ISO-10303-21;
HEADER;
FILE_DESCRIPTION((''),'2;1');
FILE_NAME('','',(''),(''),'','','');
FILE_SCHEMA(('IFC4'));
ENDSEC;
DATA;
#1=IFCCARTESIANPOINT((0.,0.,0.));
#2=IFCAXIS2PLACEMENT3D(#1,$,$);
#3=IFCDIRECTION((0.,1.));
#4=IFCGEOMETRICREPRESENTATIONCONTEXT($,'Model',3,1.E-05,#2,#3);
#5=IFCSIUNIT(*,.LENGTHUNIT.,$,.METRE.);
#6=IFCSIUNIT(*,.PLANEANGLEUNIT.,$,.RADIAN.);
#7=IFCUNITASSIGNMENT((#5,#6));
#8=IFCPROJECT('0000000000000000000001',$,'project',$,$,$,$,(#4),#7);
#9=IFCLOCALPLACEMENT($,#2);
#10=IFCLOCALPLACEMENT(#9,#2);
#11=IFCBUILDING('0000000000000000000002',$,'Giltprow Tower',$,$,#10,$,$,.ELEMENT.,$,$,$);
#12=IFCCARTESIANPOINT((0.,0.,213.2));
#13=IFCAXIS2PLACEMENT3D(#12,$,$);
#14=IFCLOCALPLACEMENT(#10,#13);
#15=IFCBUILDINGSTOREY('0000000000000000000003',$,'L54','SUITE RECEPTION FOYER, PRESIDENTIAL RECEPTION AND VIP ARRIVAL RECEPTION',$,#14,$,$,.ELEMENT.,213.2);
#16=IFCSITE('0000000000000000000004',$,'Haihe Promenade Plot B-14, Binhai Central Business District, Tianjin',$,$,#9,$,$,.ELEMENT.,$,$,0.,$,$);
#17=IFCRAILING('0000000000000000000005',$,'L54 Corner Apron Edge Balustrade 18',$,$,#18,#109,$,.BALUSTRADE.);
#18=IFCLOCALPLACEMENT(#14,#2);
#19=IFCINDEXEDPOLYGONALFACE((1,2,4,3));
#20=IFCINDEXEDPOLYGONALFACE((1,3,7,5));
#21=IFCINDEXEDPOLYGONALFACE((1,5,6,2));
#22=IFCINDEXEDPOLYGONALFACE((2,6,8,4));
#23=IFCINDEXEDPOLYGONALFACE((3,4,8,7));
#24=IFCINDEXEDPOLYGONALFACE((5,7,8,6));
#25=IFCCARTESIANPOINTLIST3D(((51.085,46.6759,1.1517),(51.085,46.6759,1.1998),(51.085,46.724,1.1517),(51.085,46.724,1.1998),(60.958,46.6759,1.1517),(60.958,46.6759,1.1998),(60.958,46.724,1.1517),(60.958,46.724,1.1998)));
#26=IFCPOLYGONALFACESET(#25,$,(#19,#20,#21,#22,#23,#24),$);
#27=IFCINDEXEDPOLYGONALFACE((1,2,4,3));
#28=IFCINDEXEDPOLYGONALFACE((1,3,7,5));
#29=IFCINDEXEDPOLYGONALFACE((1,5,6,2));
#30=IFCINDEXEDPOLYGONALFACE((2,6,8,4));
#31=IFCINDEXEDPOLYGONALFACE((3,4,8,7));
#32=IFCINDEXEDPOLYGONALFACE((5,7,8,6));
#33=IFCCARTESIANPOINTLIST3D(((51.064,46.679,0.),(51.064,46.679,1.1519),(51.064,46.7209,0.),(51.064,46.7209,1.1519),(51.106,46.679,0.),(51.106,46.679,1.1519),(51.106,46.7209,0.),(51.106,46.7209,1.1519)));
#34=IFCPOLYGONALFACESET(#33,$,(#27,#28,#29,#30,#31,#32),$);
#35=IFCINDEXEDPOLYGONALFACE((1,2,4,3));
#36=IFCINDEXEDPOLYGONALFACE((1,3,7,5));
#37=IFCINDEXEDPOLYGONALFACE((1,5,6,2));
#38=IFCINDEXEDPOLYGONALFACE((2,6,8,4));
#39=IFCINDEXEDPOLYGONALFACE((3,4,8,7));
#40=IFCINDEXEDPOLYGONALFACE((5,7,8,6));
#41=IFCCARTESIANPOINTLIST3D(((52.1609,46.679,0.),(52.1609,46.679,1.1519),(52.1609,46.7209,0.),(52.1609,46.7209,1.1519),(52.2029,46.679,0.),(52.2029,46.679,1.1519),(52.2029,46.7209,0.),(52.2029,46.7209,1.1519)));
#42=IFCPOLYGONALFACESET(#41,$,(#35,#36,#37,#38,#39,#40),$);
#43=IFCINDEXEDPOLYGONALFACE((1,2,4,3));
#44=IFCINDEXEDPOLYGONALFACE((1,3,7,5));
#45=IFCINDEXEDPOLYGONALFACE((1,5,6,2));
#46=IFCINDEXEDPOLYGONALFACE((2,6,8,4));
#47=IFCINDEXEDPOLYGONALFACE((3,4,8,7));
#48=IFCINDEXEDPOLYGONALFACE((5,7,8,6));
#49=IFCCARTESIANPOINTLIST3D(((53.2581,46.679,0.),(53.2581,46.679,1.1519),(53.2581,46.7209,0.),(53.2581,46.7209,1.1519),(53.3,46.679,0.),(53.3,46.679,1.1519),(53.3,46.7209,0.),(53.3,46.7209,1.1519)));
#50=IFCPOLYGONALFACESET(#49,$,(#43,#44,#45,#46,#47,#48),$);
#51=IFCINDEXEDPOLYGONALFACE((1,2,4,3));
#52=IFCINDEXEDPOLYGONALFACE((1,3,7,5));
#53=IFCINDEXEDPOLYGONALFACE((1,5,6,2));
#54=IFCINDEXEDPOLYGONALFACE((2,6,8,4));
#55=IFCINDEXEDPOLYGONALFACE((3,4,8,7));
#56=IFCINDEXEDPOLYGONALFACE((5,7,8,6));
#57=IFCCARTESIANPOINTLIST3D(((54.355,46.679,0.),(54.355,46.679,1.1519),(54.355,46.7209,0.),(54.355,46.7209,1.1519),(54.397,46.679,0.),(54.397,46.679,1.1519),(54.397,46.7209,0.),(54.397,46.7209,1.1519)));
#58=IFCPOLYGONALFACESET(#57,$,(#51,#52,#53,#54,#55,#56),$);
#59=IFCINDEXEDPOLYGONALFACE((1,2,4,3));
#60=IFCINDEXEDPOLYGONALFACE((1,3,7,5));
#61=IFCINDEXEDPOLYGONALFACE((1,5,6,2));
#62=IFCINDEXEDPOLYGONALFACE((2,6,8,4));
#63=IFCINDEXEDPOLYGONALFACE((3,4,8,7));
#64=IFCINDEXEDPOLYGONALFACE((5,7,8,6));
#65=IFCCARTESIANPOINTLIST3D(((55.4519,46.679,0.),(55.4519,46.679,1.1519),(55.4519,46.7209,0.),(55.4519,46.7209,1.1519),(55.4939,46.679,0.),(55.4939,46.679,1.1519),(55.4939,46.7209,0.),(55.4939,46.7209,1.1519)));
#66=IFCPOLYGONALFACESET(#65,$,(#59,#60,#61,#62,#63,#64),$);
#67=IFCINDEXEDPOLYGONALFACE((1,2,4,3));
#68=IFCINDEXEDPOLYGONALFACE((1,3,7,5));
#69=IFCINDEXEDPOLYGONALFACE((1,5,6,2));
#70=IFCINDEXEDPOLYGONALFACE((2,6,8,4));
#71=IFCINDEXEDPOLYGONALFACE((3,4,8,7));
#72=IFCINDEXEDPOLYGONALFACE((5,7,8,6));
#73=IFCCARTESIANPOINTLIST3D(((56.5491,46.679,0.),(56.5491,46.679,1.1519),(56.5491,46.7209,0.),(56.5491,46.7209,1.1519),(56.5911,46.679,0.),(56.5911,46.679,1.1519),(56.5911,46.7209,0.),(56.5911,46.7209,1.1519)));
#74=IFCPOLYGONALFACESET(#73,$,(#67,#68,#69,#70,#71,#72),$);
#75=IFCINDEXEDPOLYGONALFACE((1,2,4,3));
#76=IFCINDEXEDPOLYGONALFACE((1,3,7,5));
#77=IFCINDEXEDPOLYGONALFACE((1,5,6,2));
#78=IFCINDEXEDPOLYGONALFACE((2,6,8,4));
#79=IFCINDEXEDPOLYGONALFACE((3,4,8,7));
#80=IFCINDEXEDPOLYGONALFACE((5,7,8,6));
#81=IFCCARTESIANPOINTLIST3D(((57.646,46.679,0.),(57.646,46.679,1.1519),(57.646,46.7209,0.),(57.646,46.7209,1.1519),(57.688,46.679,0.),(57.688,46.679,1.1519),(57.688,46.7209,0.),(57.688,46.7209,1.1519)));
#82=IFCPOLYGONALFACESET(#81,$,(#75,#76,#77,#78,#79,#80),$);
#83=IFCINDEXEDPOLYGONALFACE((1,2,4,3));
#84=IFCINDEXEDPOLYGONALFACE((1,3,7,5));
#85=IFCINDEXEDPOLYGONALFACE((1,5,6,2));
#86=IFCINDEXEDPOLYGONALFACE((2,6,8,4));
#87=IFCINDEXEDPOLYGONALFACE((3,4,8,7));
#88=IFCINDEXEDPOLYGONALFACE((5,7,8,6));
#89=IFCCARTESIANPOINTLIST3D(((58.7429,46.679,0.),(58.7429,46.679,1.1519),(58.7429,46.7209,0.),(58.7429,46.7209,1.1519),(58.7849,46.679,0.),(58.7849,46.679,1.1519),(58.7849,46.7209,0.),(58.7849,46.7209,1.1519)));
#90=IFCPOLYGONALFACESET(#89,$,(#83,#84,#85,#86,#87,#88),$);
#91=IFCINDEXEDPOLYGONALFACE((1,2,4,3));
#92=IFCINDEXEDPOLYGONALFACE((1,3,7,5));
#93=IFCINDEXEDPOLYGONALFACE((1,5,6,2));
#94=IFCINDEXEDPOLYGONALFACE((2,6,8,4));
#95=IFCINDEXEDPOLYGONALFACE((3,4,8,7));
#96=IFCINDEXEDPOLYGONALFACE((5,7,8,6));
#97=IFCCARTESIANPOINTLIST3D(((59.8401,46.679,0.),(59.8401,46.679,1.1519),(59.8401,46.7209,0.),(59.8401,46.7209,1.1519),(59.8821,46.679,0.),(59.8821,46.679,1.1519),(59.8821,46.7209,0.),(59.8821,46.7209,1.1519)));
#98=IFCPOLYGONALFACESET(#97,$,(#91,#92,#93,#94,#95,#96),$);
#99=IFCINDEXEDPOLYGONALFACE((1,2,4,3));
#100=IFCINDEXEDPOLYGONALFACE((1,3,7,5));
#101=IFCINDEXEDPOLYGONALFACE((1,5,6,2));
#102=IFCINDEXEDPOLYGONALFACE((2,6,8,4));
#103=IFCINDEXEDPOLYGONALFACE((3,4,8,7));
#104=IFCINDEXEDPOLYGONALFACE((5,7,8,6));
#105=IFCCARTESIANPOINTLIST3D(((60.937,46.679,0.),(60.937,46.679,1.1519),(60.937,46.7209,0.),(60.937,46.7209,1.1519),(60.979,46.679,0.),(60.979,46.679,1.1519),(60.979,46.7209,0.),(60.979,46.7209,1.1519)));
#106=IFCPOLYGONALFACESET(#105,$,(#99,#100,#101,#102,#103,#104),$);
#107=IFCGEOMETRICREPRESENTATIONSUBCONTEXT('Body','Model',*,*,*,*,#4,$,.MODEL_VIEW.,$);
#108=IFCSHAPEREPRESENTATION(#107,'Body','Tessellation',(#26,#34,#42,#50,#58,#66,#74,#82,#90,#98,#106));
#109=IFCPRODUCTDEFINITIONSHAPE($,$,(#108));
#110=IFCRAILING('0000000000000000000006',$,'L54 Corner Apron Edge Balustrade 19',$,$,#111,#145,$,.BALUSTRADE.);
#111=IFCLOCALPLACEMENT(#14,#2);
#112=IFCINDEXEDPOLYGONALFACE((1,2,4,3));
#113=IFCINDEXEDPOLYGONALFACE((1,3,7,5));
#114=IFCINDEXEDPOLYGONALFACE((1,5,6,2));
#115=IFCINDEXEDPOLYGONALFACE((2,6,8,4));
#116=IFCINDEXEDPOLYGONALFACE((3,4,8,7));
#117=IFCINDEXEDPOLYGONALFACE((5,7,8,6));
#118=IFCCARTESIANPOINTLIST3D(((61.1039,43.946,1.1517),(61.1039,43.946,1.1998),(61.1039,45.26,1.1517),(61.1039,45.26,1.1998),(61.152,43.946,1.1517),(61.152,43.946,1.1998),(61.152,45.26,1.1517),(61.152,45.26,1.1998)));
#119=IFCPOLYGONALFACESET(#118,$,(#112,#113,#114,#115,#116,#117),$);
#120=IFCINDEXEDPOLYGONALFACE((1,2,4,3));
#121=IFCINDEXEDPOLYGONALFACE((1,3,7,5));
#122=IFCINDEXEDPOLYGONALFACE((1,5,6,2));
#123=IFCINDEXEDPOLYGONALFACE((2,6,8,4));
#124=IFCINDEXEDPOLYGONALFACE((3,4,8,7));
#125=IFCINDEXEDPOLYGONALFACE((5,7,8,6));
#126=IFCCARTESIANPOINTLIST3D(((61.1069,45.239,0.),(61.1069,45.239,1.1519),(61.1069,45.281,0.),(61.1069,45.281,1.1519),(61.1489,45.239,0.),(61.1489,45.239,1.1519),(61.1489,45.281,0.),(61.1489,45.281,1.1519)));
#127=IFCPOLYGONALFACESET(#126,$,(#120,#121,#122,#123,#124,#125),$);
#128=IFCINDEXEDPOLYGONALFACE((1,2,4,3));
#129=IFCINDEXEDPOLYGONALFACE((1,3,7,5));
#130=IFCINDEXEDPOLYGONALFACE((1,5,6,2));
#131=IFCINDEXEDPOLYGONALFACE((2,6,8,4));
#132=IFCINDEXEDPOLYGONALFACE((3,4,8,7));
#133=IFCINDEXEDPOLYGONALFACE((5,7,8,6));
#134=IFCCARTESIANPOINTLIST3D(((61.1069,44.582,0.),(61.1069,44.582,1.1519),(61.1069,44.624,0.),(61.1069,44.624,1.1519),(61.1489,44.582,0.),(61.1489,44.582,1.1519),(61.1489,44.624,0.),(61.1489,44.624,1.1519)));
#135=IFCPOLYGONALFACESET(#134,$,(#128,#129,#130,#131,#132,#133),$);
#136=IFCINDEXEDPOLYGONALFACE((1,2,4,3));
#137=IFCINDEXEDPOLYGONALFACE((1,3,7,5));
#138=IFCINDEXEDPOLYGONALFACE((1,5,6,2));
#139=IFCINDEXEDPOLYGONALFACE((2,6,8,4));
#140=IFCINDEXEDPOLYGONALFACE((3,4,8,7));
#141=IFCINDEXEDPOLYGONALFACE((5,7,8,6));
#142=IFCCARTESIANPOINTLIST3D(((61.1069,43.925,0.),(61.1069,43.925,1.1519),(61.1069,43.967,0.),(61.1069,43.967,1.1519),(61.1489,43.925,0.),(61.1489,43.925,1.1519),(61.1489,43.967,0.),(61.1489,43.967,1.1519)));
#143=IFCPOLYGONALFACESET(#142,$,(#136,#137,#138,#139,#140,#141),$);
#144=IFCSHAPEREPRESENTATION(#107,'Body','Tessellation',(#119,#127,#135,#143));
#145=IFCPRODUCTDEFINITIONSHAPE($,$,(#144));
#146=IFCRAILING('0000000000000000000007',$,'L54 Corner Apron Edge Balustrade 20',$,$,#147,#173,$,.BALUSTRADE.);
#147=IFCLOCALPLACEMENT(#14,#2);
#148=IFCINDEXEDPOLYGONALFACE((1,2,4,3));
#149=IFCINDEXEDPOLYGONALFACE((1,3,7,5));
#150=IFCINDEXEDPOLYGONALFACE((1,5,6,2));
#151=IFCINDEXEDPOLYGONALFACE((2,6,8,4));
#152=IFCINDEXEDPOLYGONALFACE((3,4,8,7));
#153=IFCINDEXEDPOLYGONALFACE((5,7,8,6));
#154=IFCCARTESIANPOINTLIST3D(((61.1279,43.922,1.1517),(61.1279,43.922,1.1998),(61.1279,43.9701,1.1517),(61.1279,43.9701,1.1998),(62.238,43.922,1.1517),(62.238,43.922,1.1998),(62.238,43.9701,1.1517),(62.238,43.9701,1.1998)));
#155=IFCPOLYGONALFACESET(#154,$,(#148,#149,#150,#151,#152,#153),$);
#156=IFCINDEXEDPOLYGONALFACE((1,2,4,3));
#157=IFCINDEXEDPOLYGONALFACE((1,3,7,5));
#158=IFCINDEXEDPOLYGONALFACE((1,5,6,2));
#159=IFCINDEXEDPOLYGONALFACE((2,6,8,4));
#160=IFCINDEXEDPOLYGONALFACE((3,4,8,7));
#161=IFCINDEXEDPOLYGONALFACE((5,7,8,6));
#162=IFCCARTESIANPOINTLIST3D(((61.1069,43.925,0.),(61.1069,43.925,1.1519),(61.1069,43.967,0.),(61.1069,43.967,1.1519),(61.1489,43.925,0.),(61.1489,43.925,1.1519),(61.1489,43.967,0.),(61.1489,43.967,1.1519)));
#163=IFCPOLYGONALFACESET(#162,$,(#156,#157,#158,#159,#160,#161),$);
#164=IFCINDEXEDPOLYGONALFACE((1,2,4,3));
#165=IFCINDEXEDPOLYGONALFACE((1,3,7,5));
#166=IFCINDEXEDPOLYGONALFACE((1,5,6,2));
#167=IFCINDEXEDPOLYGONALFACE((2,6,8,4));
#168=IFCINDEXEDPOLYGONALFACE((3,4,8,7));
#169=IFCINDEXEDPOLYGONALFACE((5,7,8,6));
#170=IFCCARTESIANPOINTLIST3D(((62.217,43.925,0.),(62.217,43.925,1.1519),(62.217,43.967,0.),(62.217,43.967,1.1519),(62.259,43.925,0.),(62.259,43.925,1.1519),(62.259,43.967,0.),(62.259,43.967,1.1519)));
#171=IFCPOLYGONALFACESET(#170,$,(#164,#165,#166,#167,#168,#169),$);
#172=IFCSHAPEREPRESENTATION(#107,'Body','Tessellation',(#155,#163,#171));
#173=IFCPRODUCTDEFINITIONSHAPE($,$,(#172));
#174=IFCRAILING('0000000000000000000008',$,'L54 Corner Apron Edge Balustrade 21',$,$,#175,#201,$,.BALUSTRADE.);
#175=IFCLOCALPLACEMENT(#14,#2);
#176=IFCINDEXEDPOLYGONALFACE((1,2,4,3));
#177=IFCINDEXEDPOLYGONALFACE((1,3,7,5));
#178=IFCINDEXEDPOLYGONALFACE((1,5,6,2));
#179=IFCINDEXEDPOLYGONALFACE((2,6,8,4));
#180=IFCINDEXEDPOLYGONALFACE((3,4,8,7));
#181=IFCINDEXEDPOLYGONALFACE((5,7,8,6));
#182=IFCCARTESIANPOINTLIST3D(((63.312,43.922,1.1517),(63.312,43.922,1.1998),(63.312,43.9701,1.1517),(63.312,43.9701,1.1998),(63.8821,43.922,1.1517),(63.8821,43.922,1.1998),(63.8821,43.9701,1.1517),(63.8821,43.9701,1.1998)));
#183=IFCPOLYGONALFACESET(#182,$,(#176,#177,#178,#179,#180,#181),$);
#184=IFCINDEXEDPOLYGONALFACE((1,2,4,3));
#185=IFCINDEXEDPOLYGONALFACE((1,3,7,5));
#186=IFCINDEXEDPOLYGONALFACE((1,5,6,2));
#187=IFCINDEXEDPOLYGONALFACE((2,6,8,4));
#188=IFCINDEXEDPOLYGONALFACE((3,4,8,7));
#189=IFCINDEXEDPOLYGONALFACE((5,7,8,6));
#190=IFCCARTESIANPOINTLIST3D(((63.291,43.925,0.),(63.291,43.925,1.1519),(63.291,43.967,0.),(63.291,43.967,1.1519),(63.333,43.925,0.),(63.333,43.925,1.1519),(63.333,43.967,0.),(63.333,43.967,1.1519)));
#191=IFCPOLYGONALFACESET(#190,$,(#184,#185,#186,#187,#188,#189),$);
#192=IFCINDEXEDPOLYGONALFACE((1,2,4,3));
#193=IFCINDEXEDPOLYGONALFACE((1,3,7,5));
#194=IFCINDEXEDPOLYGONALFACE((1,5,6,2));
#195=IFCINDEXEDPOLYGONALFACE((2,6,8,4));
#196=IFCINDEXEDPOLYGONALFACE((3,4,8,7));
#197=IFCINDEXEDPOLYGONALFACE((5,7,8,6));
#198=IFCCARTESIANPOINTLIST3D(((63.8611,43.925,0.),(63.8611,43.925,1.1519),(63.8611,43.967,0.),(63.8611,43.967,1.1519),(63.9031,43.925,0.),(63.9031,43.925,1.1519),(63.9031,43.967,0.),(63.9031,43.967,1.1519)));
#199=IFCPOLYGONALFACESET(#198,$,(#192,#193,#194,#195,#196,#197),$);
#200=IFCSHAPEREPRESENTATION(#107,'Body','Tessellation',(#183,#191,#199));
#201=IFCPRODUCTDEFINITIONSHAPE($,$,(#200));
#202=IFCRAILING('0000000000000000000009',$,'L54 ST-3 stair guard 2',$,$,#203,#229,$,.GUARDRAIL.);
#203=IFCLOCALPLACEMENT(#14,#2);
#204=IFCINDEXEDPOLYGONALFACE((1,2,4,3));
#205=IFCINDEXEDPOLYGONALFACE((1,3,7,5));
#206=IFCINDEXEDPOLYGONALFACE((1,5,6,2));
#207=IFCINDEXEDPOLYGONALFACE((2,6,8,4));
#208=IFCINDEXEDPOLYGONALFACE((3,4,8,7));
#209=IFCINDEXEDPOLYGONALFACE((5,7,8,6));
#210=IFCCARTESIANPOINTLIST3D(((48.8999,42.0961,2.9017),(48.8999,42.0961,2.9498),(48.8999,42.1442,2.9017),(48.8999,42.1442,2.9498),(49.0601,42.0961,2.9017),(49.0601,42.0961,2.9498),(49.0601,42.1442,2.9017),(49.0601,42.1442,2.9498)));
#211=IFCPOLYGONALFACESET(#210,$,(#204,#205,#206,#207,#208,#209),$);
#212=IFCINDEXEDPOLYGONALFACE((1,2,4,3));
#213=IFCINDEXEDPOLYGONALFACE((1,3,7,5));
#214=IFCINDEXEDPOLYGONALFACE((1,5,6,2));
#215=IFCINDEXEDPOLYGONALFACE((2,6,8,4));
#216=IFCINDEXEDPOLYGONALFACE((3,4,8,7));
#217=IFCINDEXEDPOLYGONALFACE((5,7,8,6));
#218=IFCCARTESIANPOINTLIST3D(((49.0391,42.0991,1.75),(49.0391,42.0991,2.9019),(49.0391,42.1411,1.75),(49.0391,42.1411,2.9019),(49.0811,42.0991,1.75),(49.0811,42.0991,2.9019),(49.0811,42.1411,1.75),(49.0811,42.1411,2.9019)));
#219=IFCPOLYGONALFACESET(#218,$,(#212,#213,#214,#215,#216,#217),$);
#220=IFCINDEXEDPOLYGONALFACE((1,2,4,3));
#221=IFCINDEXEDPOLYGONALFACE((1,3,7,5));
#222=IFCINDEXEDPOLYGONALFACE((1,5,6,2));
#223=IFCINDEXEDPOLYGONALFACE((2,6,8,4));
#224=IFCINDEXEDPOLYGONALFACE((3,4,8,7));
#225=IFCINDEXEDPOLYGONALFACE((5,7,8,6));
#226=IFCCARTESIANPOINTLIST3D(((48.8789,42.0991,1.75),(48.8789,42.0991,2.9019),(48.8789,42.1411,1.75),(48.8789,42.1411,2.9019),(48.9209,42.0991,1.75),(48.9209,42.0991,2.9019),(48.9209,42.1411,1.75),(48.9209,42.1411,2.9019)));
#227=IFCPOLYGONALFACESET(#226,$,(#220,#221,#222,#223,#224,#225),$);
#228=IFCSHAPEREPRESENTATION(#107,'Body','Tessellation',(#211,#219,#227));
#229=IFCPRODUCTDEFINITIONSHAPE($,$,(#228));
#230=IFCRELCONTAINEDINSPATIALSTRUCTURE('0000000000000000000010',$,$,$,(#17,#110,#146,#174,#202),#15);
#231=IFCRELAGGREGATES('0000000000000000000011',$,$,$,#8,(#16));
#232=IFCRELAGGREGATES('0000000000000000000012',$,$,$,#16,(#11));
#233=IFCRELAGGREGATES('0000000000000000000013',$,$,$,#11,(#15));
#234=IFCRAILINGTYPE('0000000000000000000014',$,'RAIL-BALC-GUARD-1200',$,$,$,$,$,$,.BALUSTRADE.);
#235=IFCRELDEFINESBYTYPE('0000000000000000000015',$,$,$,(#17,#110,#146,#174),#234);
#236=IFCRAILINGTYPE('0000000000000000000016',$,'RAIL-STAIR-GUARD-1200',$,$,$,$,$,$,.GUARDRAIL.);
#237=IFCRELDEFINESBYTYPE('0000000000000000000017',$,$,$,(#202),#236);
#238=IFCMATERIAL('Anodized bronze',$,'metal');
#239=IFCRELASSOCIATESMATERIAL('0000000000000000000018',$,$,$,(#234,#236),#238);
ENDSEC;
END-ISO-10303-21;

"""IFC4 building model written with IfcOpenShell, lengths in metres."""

from ifc_helpers import new_model, si_unit, direction, frame, origin, origin_2d, place, context, subcontext, project, spatial, rectangle, extrude, material, type_object, element, save


model = new_model("IFC4")

# Units and contexts
model_context = context("Model", 3, precision=1e-05, world=origin(), true_north=direction((0.0, 1.0)))
body_context = subcontext(model_context, "Body", "Model", "MODEL_VIEW")
ifc_project = project(units=[si_unit("LENGTHUNIT", "METRE"), si_unit("PLANEANGLEUNIT", "RADIAN")], contexts=[model_context])

# Site, building, storey
site_placement = place(None, origin())
site = spatial("IfcSite", under=ifc_project, at=site_placement, Name="Haihe Promenade Plot B-14, Binhai Central Business District, Tianjin", CompositionType="ELEMENT", RefElevation=0.0)
building_placement = place(site_placement, origin())
building = spatial("IfcBuilding", under=site, at=building_placement, Name="Giltprow Tower", CompositionType="ELEMENT")
storey_placement = place(building_placement, frame((0.0, 0.0, 213.2)))
storey = spatial("IfcBuildingStorey", under=building, at=storey_placement, Name="L54", Description="SUITE RECEPTION FOYER, PRESIDENTIAL RECEPTION AND VIP ARRIVAL RECEPTION", CompositionType="ELEMENT", Elevation=213.2)

# Railings
ifc_material_1 = material(Name="Anodized bronze", Category="metal")
railing_type_1 = type_object("IfcRailingType", Name="RAIL-BALC-GUARD-1200", PredefinedType="BALUSTRADE", material=ifc_material_1)
railing_1_placement = place(storey_placement, frame((51.085, 46.7, 0.0)))
element("IfcRailing", 1, at=railing_1_placement, inside=storey, type_object=railing_type_1, Name="L54 Corner Apron Edge Balustrade 18", PredefinedType="BALUSTRADE", context=body_context, shape_type="SweptSolid", body=[
    extrude(rectangle(XDim=0.0481, YDim=0.0481, at=origin_2d()), frame((0.0, 0.0, 1.1758), z_axis=(1.0, 0.0, 0.0), x_axis=(0.0, 1.0, 0.0)), (0.0, 0.0, 1.0), 9.873),
    extrude(rectangle(XDim=0.042, YDim=0.042, at=origin_2d()), origin(), (0.0, 0.0, 1.0), 1.1519),
    extrude(rectangle(XDim=0.042, YDim=0.042, at=origin_2d()), frame((1.0969, 0.0, 0.0)), (0.0, 0.0, 1.0), 1.1519),
    extrude(rectangle(XDim=0.042, YDim=0.042, at=origin_2d()), frame((2.1941, 0.0, 0.0)), (0.0, 0.0, 1.0), 1.1519),
    extrude(rectangle(XDim=0.042, YDim=0.042, at=origin_2d()), frame((3.291, 0.0, 0.0)), (0.0, 0.0, 1.0), 1.1519),
    extrude(rectangle(XDim=0.042, YDim=0.042, at=origin_2d()), frame((4.3879, 0.0, 0.0)), (0.0, 0.0, 1.0), 1.1519),
    extrude(rectangle(XDim=0.042, YDim=0.042, at=origin_2d()), frame((5.4851, 0.0, 0.0)), (0.0, 0.0, 1.0), 1.1519),
    extrude(rectangle(XDim=0.042, YDim=0.042, at=origin_2d()), frame((6.582, 0.0, 0.0)), (0.0, 0.0, 1.0), 1.1519),
    extrude(rectangle(XDim=0.042, YDim=0.042, at=origin_2d()), frame((7.679, 0.0, 0.0)), (0.0, 0.0, 1.0), 1.1519),
    extrude(rectangle(XDim=0.042, YDim=0.042, at=origin_2d()), frame((8.7761, 0.0, 0.0)), (0.0, 0.0, 1.0), 1.1519),
    extrude(rectangle(XDim=0.042, YDim=0.042, at=origin_2d()), frame((9.873, 0.0, 0.0)), (0.0, 0.0, 1.0), 1.1519),
])
railing_2_placement = place(storey_placement, frame((61.1279, 45.26, 0.0)))
element("IfcRailing", 2, at=railing_2_placement, inside=storey, type_object=railing_type_1, Name="L54 Corner Apron Edge Balustrade 19", PredefinedType="BALUSTRADE", context=body_context, shape_type="SweptSolid", body=[
    extrude(rectangle(XDim=0.0481, YDim=0.0481, at=origin_2d()), frame((0.0, 0.0, 1.1758), z_axis=(0.0, -1.0, 0.0), x_axis=(1.0, 0.0, 0.0)), (0.0, 0.0, 1.0), 1.314),
    extrude(rectangle(XDim=0.042, YDim=0.042, at=origin_2d()), origin(), (0.0, 0.0, 1.0), 1.1519),
    extrude(rectangle(XDim=0.042, YDim=0.042, at=origin_2d()), frame((0.0, -0.657, 0.0)), (0.0, 0.0, 1.0), 1.1519),
    extrude(rectangle(XDim=0.042, YDim=0.042, at=origin_2d()), frame((0.0, -1.314, 0.0)), (0.0, 0.0, 1.0), 1.1519),
])
railing_3_placement = place(storey_placement, frame((61.1279, 43.946, 0.0)))
element("IfcRailing", 3, at=railing_3_placement, inside=storey, type_object=railing_type_1, Name="L54 Corner Apron Edge Balustrade 20", PredefinedType="BALUSTRADE", context=body_context, shape_type="SweptSolid", body=[
    extrude(rectangle(XDim=0.0481, YDim=0.0481, at=origin_2d()), frame((0.0, 0.0, 1.1758), z_axis=(1.0, 0.0, 0.0), x_axis=(0.0, 1.0, 0.0)), (0.0, 0.0, 1.0), 1.1101),
    extrude(rectangle(XDim=0.042, YDim=0.042, at=origin_2d()), origin(), (0.0, 0.0, 1.0), 1.1519),
    extrude(rectangle(XDim=0.042, YDim=0.042, at=origin_2d()), frame((1.1101, 0.0, 0.0)), (0.0, 0.0, 1.0), 1.1519),
])
railing_4_placement = place(storey_placement, frame((63.312, 43.946, 0.0)))
element("IfcRailing", 4, at=railing_4_placement, inside=storey, type_object=railing_type_1, Name="L54 Corner Apron Edge Balustrade 21", PredefinedType="BALUSTRADE", context=body_context, shape_type="SweptSolid", body=[
    extrude(rectangle(XDim=0.0481, YDim=0.0481, at=origin_2d()), frame((0.0, 0.0, 1.1758), z_axis=(1.0, 0.0, 0.0), x_axis=(0.0, 1.0, 0.0)), (0.0, 0.0, 1.0), 0.5701),
    extrude(rectangle(XDim=0.042, YDim=0.042, at=origin_2d()), origin(), (0.0, 0.0, 1.0), 1.1519),
    extrude(rectangle(XDim=0.042, YDim=0.042, at=origin_2d()), frame((0.5701, 0.0, 0.0)), (0.0, 0.0, 1.0), 1.1519),
])
railing_type_2 = type_object("IfcRailingType", Name="RAIL-STAIR-GUARD-1200", PredefinedType="GUARDRAIL", material=ifc_material_1)
railing_5_placement = place(storey_placement, frame((49.0601, 42.1201, 1.75)))
element("IfcRailing", 5, at=railing_5_placement, inside=storey, type_object=railing_type_2, Name="L54 ST-3 stair guard 2", PredefinedType="GUARDRAIL", context=body_context, shape_type="SweptSolid", body=[
    extrude(rectangle(XDim=0.0481, YDim=0.0481, at=origin_2d()), frame((0.0, 0.0, 1.1758), z_axis=(-1.0, 0.0, 0.0), x_axis=(0.0, -1.0, 0.0)), (0.0, 0.0, 1.0), 0.1602),
    extrude(rectangle(XDim=0.042, YDim=0.042, at=origin_2d()), origin(), (0.0, 0.0, 1.0), 1.1519),
    extrude(rectangle(XDim=0.042, YDim=0.042, at=origin_2d()), frame((-0.1602, 0.0, 0.0)), (0.0, 0.0, 1.0), 1.1519),
])

save(model, "model.ifc")
